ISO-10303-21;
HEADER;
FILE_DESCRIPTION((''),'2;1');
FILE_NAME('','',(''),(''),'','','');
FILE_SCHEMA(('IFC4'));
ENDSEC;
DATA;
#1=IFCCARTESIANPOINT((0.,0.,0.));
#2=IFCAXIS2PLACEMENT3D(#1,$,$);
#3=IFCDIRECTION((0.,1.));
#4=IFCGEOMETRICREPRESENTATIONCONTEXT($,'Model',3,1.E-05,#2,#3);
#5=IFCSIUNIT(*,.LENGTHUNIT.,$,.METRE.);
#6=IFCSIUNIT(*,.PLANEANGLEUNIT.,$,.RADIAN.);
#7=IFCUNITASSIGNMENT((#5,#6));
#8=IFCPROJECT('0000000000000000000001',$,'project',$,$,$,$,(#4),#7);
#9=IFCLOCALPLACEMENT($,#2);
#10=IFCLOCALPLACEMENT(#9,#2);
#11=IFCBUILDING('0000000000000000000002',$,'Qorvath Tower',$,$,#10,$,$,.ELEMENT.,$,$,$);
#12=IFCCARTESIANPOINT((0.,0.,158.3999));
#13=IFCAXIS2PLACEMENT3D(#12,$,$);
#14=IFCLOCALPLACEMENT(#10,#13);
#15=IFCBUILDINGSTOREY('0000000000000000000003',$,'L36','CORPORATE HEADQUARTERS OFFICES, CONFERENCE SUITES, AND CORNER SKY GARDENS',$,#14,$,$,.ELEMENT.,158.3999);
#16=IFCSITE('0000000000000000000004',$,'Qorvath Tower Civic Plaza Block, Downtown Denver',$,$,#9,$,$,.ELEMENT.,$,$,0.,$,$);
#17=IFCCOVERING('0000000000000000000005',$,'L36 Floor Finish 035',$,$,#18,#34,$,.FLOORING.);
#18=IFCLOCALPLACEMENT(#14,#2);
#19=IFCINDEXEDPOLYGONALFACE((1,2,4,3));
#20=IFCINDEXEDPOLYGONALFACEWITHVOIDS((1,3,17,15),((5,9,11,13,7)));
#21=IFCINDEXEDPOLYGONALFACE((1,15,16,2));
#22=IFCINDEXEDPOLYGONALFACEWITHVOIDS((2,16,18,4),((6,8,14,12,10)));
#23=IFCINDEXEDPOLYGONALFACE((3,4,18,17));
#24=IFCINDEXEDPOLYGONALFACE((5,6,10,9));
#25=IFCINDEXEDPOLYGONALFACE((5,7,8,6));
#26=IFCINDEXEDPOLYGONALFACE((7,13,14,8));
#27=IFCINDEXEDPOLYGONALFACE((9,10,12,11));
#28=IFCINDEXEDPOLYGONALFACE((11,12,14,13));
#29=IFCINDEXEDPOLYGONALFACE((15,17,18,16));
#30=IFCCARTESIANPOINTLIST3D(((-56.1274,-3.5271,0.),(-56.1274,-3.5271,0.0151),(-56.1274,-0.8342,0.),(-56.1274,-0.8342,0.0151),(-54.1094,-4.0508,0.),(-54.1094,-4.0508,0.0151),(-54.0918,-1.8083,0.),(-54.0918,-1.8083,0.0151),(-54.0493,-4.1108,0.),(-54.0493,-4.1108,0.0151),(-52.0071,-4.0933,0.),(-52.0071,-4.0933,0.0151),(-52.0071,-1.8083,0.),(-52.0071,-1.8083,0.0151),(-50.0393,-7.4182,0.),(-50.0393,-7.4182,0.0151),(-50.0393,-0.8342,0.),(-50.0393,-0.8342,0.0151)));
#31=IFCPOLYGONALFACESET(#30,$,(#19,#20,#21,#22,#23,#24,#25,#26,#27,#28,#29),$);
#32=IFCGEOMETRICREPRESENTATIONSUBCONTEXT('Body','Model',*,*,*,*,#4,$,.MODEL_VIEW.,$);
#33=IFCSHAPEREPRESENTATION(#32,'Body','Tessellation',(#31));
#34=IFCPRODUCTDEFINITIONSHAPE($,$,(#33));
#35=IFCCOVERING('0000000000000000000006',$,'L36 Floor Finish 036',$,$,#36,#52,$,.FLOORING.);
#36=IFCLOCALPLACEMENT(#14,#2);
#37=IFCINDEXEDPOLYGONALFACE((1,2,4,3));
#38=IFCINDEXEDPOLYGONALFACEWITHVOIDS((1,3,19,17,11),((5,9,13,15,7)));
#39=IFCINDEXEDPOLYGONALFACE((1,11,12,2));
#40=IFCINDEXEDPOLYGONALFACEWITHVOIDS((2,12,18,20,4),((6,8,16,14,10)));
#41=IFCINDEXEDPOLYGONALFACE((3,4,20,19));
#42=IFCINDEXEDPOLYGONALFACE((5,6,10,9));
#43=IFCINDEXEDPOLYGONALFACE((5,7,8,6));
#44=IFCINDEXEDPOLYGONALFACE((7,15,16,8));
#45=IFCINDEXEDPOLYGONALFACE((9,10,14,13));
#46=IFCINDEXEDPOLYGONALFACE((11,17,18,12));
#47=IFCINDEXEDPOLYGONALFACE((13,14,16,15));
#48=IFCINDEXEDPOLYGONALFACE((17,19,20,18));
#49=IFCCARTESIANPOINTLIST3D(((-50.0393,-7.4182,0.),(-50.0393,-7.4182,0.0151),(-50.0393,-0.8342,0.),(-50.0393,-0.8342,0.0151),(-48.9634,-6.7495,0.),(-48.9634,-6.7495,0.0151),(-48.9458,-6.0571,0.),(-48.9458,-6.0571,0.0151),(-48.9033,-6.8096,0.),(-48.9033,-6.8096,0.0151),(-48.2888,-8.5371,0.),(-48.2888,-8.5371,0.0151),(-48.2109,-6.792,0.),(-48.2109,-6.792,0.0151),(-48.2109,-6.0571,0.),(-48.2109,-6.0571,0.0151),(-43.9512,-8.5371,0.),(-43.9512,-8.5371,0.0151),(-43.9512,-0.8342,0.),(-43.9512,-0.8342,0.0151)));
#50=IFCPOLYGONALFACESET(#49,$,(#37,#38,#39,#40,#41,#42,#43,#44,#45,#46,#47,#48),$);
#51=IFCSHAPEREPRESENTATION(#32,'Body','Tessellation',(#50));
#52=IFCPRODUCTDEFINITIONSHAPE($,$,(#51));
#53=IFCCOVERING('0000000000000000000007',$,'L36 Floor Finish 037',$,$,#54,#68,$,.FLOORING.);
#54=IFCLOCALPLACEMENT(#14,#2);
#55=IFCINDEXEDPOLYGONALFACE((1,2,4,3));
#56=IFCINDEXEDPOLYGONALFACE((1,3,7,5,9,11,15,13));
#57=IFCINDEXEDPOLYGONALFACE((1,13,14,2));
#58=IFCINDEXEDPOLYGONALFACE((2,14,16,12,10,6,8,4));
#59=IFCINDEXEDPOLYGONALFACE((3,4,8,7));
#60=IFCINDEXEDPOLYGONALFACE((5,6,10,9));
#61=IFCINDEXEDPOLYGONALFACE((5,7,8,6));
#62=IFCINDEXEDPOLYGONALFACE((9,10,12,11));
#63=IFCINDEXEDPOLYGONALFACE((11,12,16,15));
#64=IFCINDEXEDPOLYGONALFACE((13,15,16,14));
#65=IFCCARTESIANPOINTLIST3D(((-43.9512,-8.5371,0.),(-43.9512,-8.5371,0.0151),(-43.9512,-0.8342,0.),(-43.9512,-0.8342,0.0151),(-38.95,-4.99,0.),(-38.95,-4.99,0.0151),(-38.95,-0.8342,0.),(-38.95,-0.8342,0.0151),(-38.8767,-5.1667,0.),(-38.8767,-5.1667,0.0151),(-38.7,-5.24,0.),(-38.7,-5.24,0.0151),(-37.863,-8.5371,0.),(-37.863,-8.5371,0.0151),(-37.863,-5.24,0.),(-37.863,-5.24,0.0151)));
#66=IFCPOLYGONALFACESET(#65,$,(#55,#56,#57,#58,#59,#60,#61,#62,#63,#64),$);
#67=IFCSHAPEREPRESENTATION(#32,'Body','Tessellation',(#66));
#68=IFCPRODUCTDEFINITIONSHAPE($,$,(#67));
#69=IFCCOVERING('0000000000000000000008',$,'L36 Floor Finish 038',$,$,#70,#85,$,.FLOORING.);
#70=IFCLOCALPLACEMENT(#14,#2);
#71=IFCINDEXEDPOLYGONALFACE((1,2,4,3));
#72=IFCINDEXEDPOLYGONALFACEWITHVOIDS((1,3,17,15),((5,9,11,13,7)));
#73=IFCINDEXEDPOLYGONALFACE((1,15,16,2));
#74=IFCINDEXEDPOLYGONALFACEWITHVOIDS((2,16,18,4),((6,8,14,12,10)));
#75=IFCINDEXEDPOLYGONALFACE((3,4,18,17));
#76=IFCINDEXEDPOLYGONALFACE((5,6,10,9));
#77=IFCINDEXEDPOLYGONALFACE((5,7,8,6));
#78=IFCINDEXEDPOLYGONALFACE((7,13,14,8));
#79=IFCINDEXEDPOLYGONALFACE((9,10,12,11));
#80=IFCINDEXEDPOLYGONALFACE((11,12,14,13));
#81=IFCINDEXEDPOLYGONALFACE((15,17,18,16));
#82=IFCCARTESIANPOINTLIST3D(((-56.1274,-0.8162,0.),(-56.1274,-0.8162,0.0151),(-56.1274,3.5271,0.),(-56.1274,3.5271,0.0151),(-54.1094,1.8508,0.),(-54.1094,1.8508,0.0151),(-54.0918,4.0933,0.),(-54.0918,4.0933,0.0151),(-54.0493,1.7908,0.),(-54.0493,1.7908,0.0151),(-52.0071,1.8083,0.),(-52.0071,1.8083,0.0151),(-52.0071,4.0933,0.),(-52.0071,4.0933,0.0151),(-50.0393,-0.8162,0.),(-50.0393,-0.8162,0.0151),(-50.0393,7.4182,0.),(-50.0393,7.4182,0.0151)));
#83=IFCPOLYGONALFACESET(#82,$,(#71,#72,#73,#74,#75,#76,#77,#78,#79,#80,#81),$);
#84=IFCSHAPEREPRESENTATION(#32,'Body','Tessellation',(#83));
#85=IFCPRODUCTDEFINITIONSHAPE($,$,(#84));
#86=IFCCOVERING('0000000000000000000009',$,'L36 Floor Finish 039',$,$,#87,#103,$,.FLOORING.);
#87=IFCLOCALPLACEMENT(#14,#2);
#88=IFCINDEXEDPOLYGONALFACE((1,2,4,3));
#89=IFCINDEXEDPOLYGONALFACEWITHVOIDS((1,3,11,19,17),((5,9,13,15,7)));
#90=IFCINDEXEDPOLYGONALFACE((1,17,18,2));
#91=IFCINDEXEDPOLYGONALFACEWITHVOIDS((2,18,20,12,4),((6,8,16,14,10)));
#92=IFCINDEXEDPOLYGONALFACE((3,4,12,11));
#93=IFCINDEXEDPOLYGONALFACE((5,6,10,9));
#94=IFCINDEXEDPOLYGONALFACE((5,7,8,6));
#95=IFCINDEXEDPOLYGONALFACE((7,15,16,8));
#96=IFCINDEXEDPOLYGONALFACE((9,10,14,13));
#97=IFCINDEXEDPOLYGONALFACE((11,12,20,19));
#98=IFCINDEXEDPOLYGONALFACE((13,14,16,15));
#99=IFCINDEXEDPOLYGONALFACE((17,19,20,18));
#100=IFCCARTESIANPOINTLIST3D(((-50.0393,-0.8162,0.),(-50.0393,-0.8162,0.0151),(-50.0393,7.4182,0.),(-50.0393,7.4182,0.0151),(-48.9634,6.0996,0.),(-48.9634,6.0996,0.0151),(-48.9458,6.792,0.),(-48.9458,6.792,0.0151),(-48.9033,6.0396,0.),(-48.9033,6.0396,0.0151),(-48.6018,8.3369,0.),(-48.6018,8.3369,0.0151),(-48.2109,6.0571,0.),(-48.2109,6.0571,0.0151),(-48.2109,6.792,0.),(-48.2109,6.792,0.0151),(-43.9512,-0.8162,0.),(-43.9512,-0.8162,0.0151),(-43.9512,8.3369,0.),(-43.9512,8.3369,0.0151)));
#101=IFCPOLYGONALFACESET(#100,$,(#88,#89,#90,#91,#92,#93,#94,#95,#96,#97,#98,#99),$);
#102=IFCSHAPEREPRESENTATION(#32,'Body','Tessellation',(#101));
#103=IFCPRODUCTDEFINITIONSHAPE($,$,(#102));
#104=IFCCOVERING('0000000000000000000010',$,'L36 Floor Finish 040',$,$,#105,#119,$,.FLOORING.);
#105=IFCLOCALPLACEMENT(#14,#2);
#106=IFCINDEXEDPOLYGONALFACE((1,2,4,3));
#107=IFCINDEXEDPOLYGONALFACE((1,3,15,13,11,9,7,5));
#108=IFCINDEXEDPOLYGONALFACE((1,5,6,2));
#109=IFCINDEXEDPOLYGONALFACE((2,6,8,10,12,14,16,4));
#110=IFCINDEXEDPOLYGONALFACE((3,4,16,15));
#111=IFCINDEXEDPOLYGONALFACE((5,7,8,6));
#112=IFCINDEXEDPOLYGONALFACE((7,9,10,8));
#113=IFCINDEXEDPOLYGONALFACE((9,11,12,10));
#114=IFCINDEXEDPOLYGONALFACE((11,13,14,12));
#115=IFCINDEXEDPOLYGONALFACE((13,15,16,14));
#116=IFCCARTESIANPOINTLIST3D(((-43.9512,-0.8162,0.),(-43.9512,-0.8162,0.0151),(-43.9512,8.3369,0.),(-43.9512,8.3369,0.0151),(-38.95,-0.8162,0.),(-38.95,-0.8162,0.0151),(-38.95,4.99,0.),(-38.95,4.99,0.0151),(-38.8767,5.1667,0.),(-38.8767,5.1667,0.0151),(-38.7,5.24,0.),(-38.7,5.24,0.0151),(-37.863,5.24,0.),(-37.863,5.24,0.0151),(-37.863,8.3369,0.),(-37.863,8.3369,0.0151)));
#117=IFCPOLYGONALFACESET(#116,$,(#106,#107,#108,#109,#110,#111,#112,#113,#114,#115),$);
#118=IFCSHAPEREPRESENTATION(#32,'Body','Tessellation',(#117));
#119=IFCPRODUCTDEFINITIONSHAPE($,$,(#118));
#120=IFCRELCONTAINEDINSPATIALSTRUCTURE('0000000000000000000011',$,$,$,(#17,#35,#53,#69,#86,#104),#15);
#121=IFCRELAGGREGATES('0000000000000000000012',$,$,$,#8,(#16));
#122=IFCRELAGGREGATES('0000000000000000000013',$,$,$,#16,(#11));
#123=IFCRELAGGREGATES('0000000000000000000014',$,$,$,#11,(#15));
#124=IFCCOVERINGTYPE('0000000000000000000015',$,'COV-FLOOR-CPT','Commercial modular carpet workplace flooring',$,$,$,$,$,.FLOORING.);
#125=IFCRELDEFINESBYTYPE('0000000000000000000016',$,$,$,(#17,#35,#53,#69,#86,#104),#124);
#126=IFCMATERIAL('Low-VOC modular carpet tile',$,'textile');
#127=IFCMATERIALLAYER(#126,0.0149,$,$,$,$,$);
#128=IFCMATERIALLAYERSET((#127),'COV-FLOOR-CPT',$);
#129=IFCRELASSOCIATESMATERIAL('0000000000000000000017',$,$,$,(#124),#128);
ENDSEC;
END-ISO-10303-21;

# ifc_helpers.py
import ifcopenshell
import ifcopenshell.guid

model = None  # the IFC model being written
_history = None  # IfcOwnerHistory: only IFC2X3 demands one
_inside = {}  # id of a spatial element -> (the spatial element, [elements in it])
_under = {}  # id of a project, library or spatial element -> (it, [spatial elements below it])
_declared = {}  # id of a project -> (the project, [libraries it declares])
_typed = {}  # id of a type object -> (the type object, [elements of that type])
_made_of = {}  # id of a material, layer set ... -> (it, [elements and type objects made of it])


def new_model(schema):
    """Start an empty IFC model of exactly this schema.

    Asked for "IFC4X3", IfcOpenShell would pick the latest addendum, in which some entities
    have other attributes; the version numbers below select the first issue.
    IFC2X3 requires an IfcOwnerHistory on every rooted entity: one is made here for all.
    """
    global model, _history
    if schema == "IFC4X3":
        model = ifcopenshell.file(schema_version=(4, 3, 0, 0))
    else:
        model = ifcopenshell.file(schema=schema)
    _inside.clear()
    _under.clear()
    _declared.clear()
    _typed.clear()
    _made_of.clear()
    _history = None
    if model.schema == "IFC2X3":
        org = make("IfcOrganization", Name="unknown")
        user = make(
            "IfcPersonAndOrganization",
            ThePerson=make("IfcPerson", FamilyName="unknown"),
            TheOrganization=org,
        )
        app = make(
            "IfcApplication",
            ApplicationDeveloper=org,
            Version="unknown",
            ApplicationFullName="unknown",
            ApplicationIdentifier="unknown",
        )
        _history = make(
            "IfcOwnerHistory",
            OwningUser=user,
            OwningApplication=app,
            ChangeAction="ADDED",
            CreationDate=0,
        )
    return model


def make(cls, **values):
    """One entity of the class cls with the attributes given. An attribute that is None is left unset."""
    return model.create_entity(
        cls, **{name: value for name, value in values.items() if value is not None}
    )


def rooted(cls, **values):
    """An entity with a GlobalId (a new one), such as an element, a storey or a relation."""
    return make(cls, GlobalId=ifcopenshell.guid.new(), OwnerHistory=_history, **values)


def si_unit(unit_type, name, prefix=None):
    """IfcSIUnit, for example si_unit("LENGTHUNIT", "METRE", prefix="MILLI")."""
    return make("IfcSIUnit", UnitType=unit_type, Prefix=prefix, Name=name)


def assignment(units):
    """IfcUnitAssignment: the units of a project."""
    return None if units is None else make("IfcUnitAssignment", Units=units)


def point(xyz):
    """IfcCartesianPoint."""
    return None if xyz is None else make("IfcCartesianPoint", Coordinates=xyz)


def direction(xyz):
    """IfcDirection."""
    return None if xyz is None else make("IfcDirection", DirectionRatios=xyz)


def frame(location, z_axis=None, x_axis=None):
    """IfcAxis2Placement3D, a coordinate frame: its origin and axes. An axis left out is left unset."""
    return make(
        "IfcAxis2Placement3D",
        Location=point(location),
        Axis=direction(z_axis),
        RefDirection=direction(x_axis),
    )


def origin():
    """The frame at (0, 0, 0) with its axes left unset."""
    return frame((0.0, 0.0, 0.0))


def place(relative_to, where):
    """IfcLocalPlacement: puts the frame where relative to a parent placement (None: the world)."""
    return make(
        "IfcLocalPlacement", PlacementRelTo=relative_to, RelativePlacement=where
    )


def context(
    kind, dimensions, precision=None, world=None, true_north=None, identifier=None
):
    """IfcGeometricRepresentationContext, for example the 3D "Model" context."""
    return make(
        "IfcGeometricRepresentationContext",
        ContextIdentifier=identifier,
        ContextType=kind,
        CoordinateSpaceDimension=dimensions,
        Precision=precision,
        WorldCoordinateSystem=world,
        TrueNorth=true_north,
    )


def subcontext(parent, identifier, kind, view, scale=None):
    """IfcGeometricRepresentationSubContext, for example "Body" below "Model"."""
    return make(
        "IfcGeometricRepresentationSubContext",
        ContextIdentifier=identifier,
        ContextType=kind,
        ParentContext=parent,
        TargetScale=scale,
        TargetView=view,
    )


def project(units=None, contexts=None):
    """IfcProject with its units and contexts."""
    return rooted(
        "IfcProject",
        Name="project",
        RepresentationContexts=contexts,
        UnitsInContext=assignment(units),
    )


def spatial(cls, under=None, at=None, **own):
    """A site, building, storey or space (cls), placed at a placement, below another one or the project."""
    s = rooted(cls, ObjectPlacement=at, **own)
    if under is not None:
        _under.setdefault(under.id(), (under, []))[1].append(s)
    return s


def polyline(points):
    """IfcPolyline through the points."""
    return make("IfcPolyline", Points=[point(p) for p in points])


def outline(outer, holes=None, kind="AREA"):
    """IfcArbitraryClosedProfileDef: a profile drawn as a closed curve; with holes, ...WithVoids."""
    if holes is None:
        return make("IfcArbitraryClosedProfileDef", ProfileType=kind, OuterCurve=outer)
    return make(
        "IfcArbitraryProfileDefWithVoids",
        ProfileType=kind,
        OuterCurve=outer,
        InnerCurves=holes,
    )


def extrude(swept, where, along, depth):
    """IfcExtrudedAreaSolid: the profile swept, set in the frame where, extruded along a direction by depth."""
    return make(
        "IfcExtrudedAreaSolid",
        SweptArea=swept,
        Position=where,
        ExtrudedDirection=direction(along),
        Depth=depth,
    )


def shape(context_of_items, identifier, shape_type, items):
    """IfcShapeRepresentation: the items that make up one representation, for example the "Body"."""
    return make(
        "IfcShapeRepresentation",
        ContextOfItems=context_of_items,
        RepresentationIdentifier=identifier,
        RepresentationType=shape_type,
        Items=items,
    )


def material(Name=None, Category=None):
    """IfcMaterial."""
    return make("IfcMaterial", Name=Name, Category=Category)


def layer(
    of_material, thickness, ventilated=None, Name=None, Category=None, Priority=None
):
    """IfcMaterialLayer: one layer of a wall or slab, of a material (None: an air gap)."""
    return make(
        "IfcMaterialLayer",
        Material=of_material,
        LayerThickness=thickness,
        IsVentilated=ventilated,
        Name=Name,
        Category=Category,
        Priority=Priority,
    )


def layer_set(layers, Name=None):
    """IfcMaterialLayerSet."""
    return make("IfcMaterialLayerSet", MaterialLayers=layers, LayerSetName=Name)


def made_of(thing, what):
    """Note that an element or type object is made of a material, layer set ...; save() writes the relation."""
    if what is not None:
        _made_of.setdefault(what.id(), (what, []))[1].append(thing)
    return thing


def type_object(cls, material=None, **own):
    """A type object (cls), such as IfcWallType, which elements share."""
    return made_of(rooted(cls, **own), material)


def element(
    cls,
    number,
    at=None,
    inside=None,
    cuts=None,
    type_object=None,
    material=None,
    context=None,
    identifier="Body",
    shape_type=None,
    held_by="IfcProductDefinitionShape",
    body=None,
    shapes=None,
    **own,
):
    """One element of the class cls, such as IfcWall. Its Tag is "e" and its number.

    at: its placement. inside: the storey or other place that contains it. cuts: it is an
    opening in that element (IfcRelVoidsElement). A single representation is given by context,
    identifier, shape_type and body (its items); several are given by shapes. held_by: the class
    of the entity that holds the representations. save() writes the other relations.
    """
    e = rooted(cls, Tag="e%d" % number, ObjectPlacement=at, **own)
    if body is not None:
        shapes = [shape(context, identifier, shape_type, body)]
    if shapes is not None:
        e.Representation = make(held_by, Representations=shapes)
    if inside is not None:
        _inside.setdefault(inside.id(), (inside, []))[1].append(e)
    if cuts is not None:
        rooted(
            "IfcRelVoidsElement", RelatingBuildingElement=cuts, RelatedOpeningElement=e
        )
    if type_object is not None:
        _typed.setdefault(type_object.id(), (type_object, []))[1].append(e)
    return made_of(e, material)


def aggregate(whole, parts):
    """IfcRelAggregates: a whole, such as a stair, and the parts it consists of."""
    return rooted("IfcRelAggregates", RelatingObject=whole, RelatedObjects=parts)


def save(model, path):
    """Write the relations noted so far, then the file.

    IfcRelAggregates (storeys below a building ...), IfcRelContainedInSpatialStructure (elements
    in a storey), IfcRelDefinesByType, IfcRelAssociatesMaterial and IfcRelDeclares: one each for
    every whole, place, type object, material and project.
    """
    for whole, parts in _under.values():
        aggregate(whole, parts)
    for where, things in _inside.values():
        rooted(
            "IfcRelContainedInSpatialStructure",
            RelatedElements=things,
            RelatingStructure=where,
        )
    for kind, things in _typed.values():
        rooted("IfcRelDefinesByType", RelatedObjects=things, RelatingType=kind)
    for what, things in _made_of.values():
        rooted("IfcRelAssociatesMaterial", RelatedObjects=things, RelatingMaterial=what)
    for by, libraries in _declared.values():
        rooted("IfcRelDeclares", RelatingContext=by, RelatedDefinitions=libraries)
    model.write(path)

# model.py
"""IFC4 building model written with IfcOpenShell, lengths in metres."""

from ifc_helpers import new_model, si_unit, direction, frame, origin, place, context, subcontext, project, spatial, polyline, outline, extrude, material, layer, layer_set, type_object, element, save


model = new_model("IFC4")

# Units and contexts
model_context = context("Model", 3, precision=1e-05, world=origin(), true_north=direction((0.0, 1.0)))
body_context = subcontext(model_context, "Body", "Model", "MODEL_VIEW")
ifc_project = project(units=[si_unit("LENGTHUNIT", "METRE"), si_unit("PLANEANGLEUNIT", "RADIAN")], contexts=[model_context])

# Site, building, storey
site_placement = place(None, origin())
site = spatial("IfcSite", under=ifc_project, at=site_placement, Name="Qorvath Tower Civic Plaza Block, Downtown Denver", CompositionType="ELEMENT", RefElevation=0.0)
building_placement = place(site_placement, origin())
building = spatial("IfcBuilding", under=site, at=building_placement, Name="Qorvath Tower", CompositionType="ELEMENT")
storey_placement = place(building_placement, frame((0.0, 0.0, 158.3999)))
storey = spatial("IfcBuildingStorey", under=building, at=storey_placement, Name="L36", Description="CORPORATE HEADQUARTERS OFFICES, CONFERENCE SUITES, AND CORNER SKY GARDENS", CompositionType="ELEMENT", Elevation=158.3999)

# Coverings
ifc_material_1 = material(Name="Low-VOC modular carpet tile", Category="textile")
ifc_layer_1 = layer(ifc_material_1, 0.0149)
ifc_layer_set_1 = layer_set([ifc_layer_1], Name="COV-FLOOR-CPT")
covering_type_1 = type_object("IfcCoveringType", Name="COV-FLOOR-CPT", Description="Commercial modular carpet workplace flooring", PredefinedType="FLOORING", material=ifc_layer_set_1)
covering_1_placement = place(storey_placement, origin())
element("IfcCovering", 1, at=covering_1_placement, inside=storey, type_object=covering_type_1, Name="L36 Floor Finish 035", PredefinedType="FLOORING", context=body_context, shape_type="SweptSolid", body=[
    extrude(outline(polyline([(-50.0393, -7.4182), (-50.0393, -0.8342), (-56.1274, -0.8342), (-56.1274, -3.5271), (-50.0393, -7.4182)]), holes=[polyline([(-54.1094, -4.0508), (-54.0918, -1.8083), (-52.0071, -1.8083), (-52.0071, -4.0933), (-54.0493, -4.1108), (-54.1094, -4.0508)])]), origin(), (0.0, 0.0, 1.0), 0.0151),
])
covering_2_placement = place(storey_placement, origin())
element("IfcCovering", 2, at=covering_2_placement, inside=storey, type_object=covering_type_1, Name="L36 Floor Finish 036", PredefinedType="FLOORING", context=body_context, shape_type="SweptSolid", body=[
    extrude(outline(polyline([(-43.9512, -8.5371), (-43.9512, -0.8342), (-50.0393, -0.8342), (-50.0393, -7.4182), (-48.2888, -8.5371), (-43.9512, -8.5371)]), holes=[polyline([(-48.9634, -6.7495), (-48.9458, -6.0571), (-48.2109, -6.0571), (-48.2109, -6.792), (-48.9033, -6.8096), (-48.9634, -6.7495)])]), origin(), (0.0, 0.0, 1.0), 0.0151),
])
covering_3_placement = place(storey_placement, origin())
element("IfcCovering", 3, at=covering_3_placement, inside=storey, type_object=covering_type_1, Name="L36 Floor Finish 037", PredefinedType="FLOORING", context=body_context, shape_type="SweptSolid", body=[
    extrude(outline(polyline([(-38.95, -0.8342), (-43.9512, -0.8342), (-43.9512, -8.5371), (-37.863, -8.5371), (-37.863, -5.24), (-38.7, -5.24), (-38.8767, -5.1667), (-38.95, -4.99), (-38.95, -0.8342)])), origin(), (0.0, 0.0, 1.0), 0.0151),
])
covering_4_placement = place(storey_placement, origin())
element("IfcCovering", 4, at=covering_4_placement, inside=storey, type_object=covering_type_1, Name="L36 Floor Finish 038", PredefinedType="FLOORING", context=body_context, shape_type="SweptSolid", body=[
    extrude(outline(polyline([(-50.0393, -0.8162), (-50.0393, 7.4182), (-56.1274, 3.5271), (-56.1274, -0.8162), (-50.0393, -0.8162)]), holes=[polyline([(-54.1094, 1.8508), (-54.0918, 4.0933), (-52.0071, 4.0933), (-52.0071, 1.8083), (-54.0493, 1.7908), (-54.1094, 1.8508)])]), origin(), (0.0, 0.0, 1.0), 0.0151),
])
covering_5_placement = place(storey_placement, origin())
element("IfcCovering", 5, at=covering_5_placement, inside=storey, type_object=covering_type_1, Name="L36 Floor Finish 039", PredefinedType="FLOORING", context=body_context, shape_type="SweptSolid", body=[
    extrude(outline(polyline([(-43.9512, -0.8162), (-43.9512, 8.3369), (-48.6018, 8.3369), (-50.0393, 7.4182), (-50.0393, -0.8162), (-43.9512, -0.8162)]), holes=[polyline([(-48.9634, 6.0996), (-48.9458, 6.792), (-48.2109, 6.792), (-48.2109, 6.0571), (-48.9033, 6.0396), (-48.9634, 6.0996)])]), origin(), (0.0, 0.0, 1.0), 0.0151),
])
covering_6_placement = place(storey_placement, origin())
element("IfcCovering", 6, at=covering_6_placement, inside=storey, type_object=covering_type_1, Name="L36 Floor Finish 040", PredefinedType="FLOORING", context=body_context, shape_type="SweptSolid", body=[
    extrude(outline(polyline([(-37.863, 8.3369), (-43.9512, 8.3369), (-43.9512, -0.8162), (-38.95, -0.8162), (-38.95, 4.99), (-38.8767, 5.1667), (-38.7, 5.24), (-37.863, 5.24), (-37.863, 8.3369)])), origin(), (0.0, 0.0, 1.0), 0.0151),
])

save(model, "model.ifc")
